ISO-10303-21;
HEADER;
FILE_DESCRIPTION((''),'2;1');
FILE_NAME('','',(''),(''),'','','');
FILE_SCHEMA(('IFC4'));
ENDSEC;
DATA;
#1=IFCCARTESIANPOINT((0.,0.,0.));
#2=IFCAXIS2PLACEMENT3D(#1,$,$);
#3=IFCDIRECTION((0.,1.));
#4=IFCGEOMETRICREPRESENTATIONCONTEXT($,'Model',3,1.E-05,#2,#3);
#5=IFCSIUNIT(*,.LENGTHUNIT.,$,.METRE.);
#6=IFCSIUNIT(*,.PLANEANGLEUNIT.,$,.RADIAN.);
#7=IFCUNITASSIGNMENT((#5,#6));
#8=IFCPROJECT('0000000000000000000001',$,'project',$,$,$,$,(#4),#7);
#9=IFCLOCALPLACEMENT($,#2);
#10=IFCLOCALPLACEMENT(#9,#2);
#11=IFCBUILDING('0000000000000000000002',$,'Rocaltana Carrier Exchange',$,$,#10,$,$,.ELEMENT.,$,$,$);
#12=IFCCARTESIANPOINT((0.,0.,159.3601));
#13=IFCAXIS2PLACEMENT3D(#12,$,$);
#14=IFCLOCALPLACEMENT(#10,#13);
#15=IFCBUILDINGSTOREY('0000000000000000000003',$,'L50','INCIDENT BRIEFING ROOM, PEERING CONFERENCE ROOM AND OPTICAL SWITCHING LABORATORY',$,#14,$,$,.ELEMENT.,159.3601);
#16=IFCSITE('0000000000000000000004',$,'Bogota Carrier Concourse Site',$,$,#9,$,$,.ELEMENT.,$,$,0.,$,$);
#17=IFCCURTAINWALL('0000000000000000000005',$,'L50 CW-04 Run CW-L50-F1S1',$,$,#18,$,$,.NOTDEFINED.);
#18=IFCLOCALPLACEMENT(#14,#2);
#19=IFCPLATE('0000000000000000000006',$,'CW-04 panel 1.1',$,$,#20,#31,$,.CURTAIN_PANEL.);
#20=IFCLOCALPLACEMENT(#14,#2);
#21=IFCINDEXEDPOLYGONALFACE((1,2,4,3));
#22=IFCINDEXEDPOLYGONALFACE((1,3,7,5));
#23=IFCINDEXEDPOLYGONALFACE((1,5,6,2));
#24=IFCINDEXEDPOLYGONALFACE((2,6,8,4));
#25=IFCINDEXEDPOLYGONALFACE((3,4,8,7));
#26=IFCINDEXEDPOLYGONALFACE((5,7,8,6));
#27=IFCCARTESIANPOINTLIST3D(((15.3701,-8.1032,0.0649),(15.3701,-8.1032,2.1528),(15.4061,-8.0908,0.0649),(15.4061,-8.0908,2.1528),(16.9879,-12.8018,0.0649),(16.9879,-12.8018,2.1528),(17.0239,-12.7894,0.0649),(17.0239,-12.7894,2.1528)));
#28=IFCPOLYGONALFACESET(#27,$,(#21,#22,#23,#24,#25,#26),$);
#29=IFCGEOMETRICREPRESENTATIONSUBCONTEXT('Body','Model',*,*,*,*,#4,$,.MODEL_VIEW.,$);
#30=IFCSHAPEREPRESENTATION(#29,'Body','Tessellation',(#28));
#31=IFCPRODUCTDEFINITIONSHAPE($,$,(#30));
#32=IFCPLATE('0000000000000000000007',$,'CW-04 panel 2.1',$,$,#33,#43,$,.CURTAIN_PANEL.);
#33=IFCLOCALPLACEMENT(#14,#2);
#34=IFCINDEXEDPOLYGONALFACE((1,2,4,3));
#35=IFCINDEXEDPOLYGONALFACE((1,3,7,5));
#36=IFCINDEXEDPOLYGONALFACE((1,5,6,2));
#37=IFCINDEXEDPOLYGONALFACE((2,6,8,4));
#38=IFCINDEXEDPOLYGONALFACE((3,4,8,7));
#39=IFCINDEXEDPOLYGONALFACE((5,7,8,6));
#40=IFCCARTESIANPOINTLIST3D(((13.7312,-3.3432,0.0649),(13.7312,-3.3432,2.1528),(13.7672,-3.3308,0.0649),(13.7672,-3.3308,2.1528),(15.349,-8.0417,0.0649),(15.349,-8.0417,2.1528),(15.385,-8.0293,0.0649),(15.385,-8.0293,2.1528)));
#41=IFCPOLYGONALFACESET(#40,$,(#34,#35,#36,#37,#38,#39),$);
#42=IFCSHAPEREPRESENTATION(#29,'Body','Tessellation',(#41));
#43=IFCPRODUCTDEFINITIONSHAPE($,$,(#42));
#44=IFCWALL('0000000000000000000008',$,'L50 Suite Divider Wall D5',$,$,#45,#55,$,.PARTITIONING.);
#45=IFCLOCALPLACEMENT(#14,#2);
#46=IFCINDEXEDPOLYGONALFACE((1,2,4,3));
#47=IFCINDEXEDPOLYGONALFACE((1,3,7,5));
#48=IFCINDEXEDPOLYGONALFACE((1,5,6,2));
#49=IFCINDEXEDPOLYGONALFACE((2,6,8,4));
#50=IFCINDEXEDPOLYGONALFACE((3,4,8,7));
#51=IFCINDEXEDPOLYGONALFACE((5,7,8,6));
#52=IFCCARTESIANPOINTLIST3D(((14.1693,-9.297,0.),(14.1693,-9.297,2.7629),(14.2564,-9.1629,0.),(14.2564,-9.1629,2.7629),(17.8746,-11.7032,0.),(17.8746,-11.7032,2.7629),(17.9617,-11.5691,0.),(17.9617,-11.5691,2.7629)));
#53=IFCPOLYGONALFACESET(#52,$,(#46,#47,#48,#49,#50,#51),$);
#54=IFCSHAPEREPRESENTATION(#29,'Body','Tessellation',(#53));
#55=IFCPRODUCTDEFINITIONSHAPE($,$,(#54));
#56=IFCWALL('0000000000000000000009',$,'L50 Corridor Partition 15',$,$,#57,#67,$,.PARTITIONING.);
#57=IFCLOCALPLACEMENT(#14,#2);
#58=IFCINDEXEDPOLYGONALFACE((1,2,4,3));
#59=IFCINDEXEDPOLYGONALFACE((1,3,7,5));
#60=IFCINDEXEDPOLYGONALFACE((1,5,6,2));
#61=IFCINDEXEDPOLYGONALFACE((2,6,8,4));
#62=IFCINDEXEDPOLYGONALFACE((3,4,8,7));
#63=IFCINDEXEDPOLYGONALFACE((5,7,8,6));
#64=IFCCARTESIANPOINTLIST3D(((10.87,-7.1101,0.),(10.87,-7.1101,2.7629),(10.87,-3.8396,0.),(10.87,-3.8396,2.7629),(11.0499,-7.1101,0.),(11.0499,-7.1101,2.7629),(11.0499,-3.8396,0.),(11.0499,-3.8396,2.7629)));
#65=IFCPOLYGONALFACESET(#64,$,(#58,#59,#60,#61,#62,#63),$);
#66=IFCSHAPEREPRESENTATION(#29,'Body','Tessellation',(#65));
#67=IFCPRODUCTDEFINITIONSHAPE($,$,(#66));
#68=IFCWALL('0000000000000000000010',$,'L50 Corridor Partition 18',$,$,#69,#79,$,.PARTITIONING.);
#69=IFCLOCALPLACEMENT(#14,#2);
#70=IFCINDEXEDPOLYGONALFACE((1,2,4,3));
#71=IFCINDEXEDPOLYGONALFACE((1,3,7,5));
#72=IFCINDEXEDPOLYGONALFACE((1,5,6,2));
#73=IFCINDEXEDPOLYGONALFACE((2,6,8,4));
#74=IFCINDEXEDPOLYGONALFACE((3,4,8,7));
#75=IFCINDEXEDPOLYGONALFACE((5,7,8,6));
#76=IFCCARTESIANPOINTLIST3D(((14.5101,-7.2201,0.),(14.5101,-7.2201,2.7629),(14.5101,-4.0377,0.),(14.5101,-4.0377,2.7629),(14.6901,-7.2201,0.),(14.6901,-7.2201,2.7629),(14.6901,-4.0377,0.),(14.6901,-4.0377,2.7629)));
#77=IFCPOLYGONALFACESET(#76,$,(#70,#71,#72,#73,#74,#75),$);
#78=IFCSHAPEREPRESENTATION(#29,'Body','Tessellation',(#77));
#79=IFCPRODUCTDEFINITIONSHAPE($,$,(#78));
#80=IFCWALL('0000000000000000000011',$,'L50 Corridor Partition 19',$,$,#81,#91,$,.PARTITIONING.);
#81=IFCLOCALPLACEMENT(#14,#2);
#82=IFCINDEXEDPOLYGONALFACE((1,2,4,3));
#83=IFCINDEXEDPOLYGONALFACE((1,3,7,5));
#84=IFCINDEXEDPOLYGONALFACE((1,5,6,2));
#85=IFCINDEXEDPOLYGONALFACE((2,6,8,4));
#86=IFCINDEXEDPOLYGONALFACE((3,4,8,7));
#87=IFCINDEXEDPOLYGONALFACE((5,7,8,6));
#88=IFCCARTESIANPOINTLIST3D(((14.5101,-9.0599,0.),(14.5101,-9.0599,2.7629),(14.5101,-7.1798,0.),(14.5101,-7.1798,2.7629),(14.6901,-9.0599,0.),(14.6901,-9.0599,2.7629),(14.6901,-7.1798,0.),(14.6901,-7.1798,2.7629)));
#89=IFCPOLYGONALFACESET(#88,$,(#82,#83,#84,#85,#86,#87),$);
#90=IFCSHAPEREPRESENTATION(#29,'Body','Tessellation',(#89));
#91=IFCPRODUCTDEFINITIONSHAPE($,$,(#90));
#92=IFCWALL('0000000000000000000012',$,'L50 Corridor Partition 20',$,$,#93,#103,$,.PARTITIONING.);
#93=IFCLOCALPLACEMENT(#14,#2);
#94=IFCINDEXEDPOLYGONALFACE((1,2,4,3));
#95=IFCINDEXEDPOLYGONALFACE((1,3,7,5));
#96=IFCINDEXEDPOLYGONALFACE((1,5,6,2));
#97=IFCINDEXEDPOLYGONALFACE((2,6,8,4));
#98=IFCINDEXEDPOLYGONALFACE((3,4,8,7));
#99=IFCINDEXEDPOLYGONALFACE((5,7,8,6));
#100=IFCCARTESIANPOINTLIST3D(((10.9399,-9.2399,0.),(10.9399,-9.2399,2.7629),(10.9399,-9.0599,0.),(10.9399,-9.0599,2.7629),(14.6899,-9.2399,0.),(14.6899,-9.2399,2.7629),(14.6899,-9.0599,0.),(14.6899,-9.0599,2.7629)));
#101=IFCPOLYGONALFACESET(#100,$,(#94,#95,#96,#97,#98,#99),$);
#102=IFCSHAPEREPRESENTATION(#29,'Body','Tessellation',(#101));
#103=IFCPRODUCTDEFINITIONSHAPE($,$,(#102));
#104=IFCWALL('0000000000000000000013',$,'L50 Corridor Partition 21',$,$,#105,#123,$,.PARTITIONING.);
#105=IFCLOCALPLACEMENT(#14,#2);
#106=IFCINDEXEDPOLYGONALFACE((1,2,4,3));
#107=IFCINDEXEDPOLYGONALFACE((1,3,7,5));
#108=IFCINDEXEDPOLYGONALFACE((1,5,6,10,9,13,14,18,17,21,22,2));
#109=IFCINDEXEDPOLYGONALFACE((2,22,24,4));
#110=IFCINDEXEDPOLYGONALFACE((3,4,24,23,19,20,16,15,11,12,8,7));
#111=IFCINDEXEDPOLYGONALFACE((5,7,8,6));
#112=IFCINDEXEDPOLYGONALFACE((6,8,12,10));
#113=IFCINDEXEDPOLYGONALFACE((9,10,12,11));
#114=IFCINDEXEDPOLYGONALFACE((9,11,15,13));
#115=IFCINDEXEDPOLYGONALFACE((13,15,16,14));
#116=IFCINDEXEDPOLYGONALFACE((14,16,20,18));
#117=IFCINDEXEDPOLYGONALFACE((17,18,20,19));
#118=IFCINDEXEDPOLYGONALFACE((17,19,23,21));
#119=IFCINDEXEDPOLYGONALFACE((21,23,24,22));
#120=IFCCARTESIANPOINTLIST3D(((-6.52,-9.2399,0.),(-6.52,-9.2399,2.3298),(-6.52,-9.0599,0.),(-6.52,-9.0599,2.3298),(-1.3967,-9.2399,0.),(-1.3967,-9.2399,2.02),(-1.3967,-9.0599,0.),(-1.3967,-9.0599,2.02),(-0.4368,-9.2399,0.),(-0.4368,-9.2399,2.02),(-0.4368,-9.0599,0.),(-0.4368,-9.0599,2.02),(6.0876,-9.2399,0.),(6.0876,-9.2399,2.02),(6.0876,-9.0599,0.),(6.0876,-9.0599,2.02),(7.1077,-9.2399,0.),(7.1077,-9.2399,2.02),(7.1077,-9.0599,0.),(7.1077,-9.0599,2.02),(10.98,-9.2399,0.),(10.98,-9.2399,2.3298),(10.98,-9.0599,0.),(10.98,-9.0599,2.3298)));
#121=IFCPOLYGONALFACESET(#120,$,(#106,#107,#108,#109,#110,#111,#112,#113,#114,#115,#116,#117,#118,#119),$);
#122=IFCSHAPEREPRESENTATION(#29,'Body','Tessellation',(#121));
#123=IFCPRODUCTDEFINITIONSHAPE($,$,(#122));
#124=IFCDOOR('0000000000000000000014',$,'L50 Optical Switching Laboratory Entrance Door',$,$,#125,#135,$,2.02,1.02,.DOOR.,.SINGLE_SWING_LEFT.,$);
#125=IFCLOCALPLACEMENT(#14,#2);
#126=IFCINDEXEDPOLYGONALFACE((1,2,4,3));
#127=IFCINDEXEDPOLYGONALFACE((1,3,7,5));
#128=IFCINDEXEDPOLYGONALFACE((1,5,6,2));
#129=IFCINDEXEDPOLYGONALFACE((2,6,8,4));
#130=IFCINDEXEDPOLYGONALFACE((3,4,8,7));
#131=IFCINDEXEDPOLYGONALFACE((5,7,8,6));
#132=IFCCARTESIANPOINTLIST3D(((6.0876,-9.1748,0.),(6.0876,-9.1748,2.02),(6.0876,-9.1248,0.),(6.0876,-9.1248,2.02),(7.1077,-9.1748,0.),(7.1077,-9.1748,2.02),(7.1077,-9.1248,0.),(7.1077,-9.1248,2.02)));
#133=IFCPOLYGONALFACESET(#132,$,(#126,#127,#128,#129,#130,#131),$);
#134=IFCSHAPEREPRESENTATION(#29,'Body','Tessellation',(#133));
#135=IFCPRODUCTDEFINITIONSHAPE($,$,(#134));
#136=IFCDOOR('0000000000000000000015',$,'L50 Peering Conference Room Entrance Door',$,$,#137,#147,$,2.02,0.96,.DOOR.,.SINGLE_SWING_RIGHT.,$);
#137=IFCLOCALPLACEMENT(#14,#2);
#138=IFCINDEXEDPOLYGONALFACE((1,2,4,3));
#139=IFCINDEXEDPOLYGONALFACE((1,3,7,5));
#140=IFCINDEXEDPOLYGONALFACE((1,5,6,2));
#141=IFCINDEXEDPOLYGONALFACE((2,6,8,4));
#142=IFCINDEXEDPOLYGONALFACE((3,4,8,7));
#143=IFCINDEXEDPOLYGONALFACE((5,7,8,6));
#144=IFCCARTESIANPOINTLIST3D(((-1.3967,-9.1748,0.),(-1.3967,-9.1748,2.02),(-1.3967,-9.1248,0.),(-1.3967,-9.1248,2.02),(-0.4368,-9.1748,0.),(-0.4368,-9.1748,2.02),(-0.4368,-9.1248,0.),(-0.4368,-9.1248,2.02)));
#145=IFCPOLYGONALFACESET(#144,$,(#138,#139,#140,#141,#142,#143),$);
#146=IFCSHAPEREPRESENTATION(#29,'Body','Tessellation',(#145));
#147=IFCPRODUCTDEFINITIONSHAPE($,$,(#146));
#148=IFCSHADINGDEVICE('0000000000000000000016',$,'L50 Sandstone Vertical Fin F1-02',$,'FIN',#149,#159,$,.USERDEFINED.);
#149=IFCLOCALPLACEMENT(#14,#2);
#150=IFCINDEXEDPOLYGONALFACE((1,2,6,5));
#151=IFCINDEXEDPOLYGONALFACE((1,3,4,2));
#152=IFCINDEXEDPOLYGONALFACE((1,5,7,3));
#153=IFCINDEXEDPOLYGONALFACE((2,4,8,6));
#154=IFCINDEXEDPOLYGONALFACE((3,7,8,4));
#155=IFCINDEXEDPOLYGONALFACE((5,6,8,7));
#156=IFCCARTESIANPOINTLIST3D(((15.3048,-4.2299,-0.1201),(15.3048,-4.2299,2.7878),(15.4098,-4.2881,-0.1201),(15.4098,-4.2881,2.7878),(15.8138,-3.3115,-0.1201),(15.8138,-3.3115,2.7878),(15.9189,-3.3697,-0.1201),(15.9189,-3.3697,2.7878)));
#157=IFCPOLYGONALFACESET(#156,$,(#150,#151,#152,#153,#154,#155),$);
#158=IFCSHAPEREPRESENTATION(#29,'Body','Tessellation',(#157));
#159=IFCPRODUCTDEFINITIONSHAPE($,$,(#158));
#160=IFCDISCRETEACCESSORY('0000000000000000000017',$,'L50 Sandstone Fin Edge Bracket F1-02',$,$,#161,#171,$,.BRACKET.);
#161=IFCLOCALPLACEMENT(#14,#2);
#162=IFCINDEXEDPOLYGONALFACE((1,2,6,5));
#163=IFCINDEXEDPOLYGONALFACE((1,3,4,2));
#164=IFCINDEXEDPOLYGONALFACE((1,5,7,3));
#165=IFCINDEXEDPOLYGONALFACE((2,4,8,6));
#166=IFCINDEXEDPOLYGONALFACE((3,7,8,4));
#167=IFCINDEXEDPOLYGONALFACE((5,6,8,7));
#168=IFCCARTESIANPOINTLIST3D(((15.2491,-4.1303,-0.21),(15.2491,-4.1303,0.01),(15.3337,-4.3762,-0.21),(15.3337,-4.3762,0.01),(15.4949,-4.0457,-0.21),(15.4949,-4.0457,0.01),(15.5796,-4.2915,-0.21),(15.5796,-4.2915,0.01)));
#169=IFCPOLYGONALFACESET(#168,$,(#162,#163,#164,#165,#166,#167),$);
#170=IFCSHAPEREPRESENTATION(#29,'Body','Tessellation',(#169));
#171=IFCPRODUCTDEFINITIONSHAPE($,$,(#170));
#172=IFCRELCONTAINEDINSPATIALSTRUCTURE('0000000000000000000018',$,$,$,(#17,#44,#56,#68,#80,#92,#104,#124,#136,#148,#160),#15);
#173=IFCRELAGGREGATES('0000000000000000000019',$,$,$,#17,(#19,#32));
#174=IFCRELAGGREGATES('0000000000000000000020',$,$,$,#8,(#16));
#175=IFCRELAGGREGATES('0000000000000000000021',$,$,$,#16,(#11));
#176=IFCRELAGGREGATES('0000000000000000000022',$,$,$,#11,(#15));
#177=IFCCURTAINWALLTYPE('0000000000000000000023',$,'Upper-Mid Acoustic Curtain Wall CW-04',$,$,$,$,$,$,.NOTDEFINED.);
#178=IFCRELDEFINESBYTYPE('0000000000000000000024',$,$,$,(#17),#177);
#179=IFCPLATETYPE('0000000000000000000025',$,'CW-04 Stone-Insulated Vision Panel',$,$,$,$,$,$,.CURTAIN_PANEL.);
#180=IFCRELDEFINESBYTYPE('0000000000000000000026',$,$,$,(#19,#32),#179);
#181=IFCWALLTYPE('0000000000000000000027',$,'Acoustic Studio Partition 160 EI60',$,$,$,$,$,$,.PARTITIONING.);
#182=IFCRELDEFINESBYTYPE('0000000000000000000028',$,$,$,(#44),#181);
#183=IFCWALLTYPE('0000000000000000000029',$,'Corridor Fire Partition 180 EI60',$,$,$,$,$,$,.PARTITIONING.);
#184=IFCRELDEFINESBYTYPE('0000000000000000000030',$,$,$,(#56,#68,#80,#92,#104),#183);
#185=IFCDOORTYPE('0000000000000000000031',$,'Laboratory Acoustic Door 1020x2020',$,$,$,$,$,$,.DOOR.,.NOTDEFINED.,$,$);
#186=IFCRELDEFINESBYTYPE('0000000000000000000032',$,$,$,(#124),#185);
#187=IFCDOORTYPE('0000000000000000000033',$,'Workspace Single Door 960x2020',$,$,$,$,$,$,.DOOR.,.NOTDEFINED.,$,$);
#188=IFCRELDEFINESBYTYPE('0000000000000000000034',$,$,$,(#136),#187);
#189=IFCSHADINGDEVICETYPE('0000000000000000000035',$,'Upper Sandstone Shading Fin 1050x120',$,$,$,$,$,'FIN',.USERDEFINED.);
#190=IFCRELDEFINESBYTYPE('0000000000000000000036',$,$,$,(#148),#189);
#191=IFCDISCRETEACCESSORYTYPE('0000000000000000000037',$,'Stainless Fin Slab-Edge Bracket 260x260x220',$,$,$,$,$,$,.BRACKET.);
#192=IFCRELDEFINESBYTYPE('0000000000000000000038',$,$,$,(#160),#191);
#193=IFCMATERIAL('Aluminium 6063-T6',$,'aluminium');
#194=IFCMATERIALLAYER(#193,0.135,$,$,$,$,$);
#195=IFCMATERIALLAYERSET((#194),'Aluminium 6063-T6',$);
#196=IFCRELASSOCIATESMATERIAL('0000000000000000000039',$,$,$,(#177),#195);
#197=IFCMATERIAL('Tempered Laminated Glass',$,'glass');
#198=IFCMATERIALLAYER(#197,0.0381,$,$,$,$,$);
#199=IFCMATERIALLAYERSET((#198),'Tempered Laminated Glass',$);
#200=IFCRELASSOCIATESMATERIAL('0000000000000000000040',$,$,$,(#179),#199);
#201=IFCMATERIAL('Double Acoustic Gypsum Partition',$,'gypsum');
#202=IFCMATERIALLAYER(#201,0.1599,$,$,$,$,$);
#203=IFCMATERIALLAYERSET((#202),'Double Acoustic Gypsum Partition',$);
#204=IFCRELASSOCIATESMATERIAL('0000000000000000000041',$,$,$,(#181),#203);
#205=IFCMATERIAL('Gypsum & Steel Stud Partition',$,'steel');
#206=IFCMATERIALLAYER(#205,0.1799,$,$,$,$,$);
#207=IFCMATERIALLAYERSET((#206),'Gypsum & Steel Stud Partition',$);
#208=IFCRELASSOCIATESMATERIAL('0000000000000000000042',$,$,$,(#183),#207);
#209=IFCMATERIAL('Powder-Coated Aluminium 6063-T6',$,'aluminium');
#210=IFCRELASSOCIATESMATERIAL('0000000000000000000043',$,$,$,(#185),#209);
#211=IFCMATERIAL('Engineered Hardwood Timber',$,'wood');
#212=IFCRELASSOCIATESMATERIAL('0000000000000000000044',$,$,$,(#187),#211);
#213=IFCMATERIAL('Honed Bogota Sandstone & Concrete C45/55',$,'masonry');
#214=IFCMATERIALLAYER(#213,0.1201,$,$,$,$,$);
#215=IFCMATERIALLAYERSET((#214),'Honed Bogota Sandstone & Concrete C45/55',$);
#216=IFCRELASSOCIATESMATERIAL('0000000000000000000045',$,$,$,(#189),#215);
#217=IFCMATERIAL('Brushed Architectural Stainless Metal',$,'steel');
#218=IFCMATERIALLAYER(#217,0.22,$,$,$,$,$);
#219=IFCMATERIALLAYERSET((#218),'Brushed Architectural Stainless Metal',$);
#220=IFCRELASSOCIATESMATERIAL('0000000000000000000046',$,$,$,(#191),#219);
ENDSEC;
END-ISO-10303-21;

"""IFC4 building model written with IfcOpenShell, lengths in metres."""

from ifc_helpers import new_model, si_unit, direction, frame, frame_2d, origin, origin_2d, place, context, subcontext, project, spatial, rectangle, extrude, material, layer, layer_set, type_object, element, fill, aggregate, save


model = new_model("IFC4")

# Units and contexts
model_context = context("Model", 3, precision=1e-05, world=origin(), true_north=direction((0.0, 1.0)))
body_context = subcontext(model_context, "Body", "Model", "MODEL_VIEW")
ifc_project = project(units=[si_unit("LENGTHUNIT", "METRE"), si_unit("PLANEANGLEUNIT", "RADIAN")], contexts=[model_context])

# Site, building, storey
site_placement = place(None, origin())
site = spatial("IfcSite", under=ifc_project, at=site_placement, Name="Bogota Carrier Concourse Site", CompositionType="ELEMENT", RefElevation=0.0)
building_placement = place(site_placement, origin())
building = spatial("IfcBuilding", under=site, at=building_placement, Name="Rocaltana Carrier Exchange", CompositionType="ELEMENT")
storey_placement = place(building_placement, frame((0.0, 0.0, 159.3601)))
storey = spatial("IfcBuildingStorey", under=building, at=storey_placement, Name="L50", Description="INCIDENT BRIEFING ROOM, PEERING CONFERENCE ROOM AND OPTICAL SWITCHING LABORATORY", CompositionType="ELEMENT", Elevation=159.3601)

# Curtain wall
ifc_material_1 = material(Name="Aluminium 6063-T6", Category="aluminium")
ifc_layer_1 = layer(ifc_material_1, 0.135)
ifc_layer_set_1 = layer_set([ifc_layer_1], Name="Aluminium 6063-T6")
curtain_wall_type = type_object("IfcCurtainWallType", Name="Upper-Mid Acoustic Curtain Wall CW-04", PredefinedType="NOTDEFINED", material=ifc_layer_set_1)
curtain_wall_placement = place(storey_placement, origin())
curtain_wall = element("IfcCurtainWall", 1, at=curtain_wall_placement, inside=storey, type_object=curtain_wall_type, Name="L50 CW-04 Run CW-L50-F1S1", PredefinedType="NOTDEFINED")

# Plates
ifc_material_2 = material(Name="Tempered Laminated Glass", Category="glass")
ifc_layer_2 = layer(ifc_material_2, 0.0381)
ifc_layer_set_2 = layer_set([ifc_layer_2], Name="Tempered Laminated Glass")
plate_type = type_object("IfcPlateType", Name="CW-04 Stone-Insulated Vision Panel", PredefinedType="CURTAIN_PANEL", material=ifc_layer_set_2)
plate_1_placement = place(storey_placement, frame((16.197, -10.4463, 0.0649), z_axis=(0.0, 0.0, 1.0), x_axis=(-0.325559, 0.945522, 0.0)))
plate_1 = element("IfcPlate", 2, at=plate_1_placement, type_object=plate_type, Name="CW-04 panel 1.1", PredefinedType="CURTAIN_PANEL", context=body_context, shape_type="SweptSolid", body=[
    extrude(rectangle(XDim=4.9692, YDim=0.0381, at=origin_2d()), origin(), (0.0, 0.0, 1.0), 2.0879),
])
plate_2_placement = place(storey_placement, frame((14.5581, -5.6863, 0.0649), z_axis=(0.0, 0.0, 1.0), x_axis=(-0.325559, 0.945522, 0.0)))
plate_2 = element("IfcPlate", 3, at=plate_2_placement, type_object=plate_type, Name="CW-04 panel 2.1", PredefinedType="CURTAIN_PANEL", context=body_context, shape_type="SweptSolid", body=[
    extrude(rectangle(XDim=4.9692, YDim=0.0381, at=origin_2d()), origin(), (0.0, 0.0, 1.0), 2.0879),
])
aggregate(curtain_wall, [plate_1, plate_2])

# Walls
ifc_material_3 = material(Name="Double Acoustic Gypsum Partition", Category="gypsum")
ifc_layer_3 = layer(ifc_material_3, 0.1599)
ifc_layer_set_3 = layer_set([ifc_layer_3], Name="Double Acoustic Gypsum Partition")
wall_type_1 = type_object("IfcWallType", Name="Acoustic Studio Partition 160 EI60", PredefinedType="PARTITIONING", material=ifc_layer_set_3)
wall_1_placement = place(storey_placement, frame((14.2129, -9.23, 0.0), z_axis=(0.0, 0.0, 1.0), x_axis=(0.838672, -0.544637, 0.0)))
element("IfcWall", 4, at=wall_1_placement, inside=storey, type_object=wall_type_1, Name="L50 Suite Divider Wall D5", PredefinedType="PARTITIONING", context=body_context, shape_type="SweptSolid", body=[
    extrude(rectangle(XDim=4.418, YDim=0.1599, at=frame_2d((2.209, 0.0))), origin(), (0.0, 0.0, 1.0), 2.7629),
])
ifc_material_4 = material(Name="Gypsum & Steel Stud Partition", Category="steel")
ifc_layer_4 = layer(ifc_material_4, 0.1799)
ifc_layer_set_4 = layer_set([ifc_layer_4], Name="Gypsum & Steel Stud Partition")
wall_type_2 = type_object("IfcWallType", Name="Corridor Fire Partition 180 EI60", PredefinedType="PARTITIONING", material=ifc_layer_set_4)
wall_2_placement = place(storey_placement, frame((10.96, -7.1101, 0.0), z_axis=(0.0, 0.0, 1.0), x_axis=(0.0, 1.0, 0.0)))
element("IfcWall", 5, at=wall_2_placement, inside=storey, type_object=wall_type_2, Name="L50 Corridor Partition 15", PredefinedType="PARTITIONING", context=body_context, shape_type="SweptSolid", body=[
    extrude(rectangle(XDim=3.2705, YDim=0.1799, at=frame_2d((1.6353, 0.0))), origin(), (0.0, 0.0, 1.0), 2.7629),
])
wall_3_placement = place(storey_placement, frame((14.6001, -4.0376, 0.0), z_axis=(0.0, 0.0, 1.0), x_axis=(0.0, -1.0, 0.0)))
element("IfcWall", 6, at=wall_3_placement, inside=storey, type_object=wall_type_2, Name="L50 Corridor Partition 18", PredefinedType="PARTITIONING", context=body_context, shape_type="SweptSolid", body=[
    extrude(rectangle(XDim=3.1824, YDim=0.1799, at=frame_2d((1.5913, 0.0))), origin(), (0.0, 0.0, 1.0), 2.7629),
])
wall_4_placement = place(storey_placement, frame((14.6001, -7.1799, 0.0), z_axis=(0.0, 0.0, 1.0), x_axis=(0.0, -1.0, 0.0)))
element("IfcWall", 7, at=wall_4_placement, inside=storey, type_object=wall_type_2, Name="L50 Corridor Partition 19", PredefinedType="PARTITIONING", context=body_context, shape_type="SweptSolid", body=[
    extrude(rectangle(XDim=1.8801, YDim=0.1799, at=frame_2d((0.9399, 0.0))), origin(), (0.0, 0.0, 1.0), 2.7629),
])
wall_5_placement = place(storey_placement, frame((14.6899, -9.1499, 0.0), z_axis=(0.0, 0.0, 1.0), x_axis=(-1.0, 0.0, 0.0)))
element("IfcWall", 8, at=wall_5_placement, inside=storey, type_object=wall_type_2, Name="L50 Corridor Partition 20", PredefinedType="PARTITIONING", context=body_context, shape_type="SweptSolid", body=[
    extrude(rectangle(XDim=3.75, YDim=0.1799, at=frame_2d((1.875, 0.0))), origin(), (0.0, 0.0, 1.0), 2.7629),
])

# Wall, openings, doors
wall_6_placement = place(storey_placement, frame((10.98, -9.1499, 0.0), z_axis=(0.0, 0.0, 1.0), x_axis=(-1.0, 0.0, 0.0)))
wall_6 = element("IfcWall", 9, at=wall_6_placement, inside=storey, type_object=wall_type_2, Name="L50 Corridor Partition 21", PredefinedType="PARTITIONING", context=body_context, shape_type="SweptSolid", body=[
    extrude(rectangle(XDim=17.5, YDim=0.1799, at=frame_2d((8.75, 0.0))), origin(), (0.0, 0.0, 1.0), 2.3298),
])
opening_1_placement = place(wall_6_placement, frame((11.4167, 0.0, 0.0)))
opening_1 = element("IfcOpeningElement", 10, at=opening_1_placement, cuts=wall_6, PredefinedType="OPENING", context=body_context, shape_type="SweptSolid", body=[
    extrude(rectangle(XDim=0.96, YDim=2.02, at=frame_2d((0.48, 1.01))), frame((0.0, 0.0999, 0.0), z_axis=(0.0, -1.0, 0.0), x_axis=(1.0, 0.0, 0.0)), (0.0, 0.0, 1.0), 0.2),
])
opening_2_placement = place(wall_6_placement, frame((3.8723, 0.0, 0.0)))
opening_2 = element("IfcOpeningElement", 11, at=opening_2_placement, cuts=wall_6, PredefinedType="OPENING", context=body_context, shape_type="SweptSolid", body=[
    extrude(rectangle(XDim=1.02, YDim=2.02, at=frame_2d((0.51, 1.01))), frame((0.0, 0.0999, 0.0), z_axis=(0.0, -1.0, 0.0), x_axis=(1.0, 0.0, 0.0)), (0.0, 0.0, 1.0), 0.2),
])
ifc_material_5 = material(Name="Powder-Coated Aluminium 6063-T6", Category="aluminium")
door_type_1 = type_object("IfcDoorType", Name="Laboratory Acoustic Door 1020x2020", OperationType="NOTDEFINED", PredefinedType="DOOR", material=ifc_material_5)
door_1_placement = place(opening_2_placement, origin())
door_1 = element("IfcDoor", 12, at=door_1_placement, inside=storey, type_object=door_type_1, Name="L50 Optical Switching Laboratory Entrance Door", OperationType="SINGLE_SWING_LEFT", OverallHeight=2.02, OverallWidth=1.02, PredefinedType="DOOR", context=body_context, shape_type="SweptSolid", body=[
    extrude(rectangle(XDim=1.02, YDim=2.02, at=frame_2d((0.51, 1.01))), frame((0.0, 0.0249, 0.0), z_axis=(0.0, -1.0, 0.0), x_axis=(1.0, 0.0, 0.0)), (0.0, 0.0, 1.0), 0.05),
])
fill(opening_2, door_1)
ifc_material_6 = material(Name="Engineered Hardwood Timber", Category="wood")
door_type_2 = type_object("IfcDoorType", Name="Workspace Single Door 960x2020", OperationType="NOTDEFINED", PredefinedType="DOOR", material=ifc_material_6)
door_2_placement = place(opening_1_placement, origin())
door_2 = element("IfcDoor", 13, at=door_2_placement, inside=storey, type_object=door_type_2, Name="L50 Peering Conference Room Entrance Door", OperationType="SINGLE_SWING_RIGHT", OverallHeight=2.02, OverallWidth=0.96, PredefinedType="DOOR", context=body_context, shape_type="SweptSolid", body=[
    extrude(rectangle(XDim=0.96, YDim=2.02, at=frame_2d((0.48, 1.01))), frame((0.0, 0.0249, 0.0), z_axis=(0.0, -1.0, 0.0), x_axis=(1.0, 0.0, 0.0)), (0.0, 0.0, 1.0), 0.05),
])
fill(opening_1, door_2)

# Shading device
ifc_material_7 = material(Name="Honed Bogota Sandstone & Concrete C45/55", Category="masonry")
ifc_layer_5 = layer(ifc_material_7, 0.1201)
ifc_layer_set_5 = layer_set([ifc_layer_5], Name="Honed Bogota Sandstone & Concrete C45/55")
shading_device_type = type_object("IfcShadingDeviceType", Name="Upper Sandstone Shading Fin 1050x120", ElementType="FIN", PredefinedType="USERDEFINED", material=ifc_layer_set_5)
shading_device_placement = place(storey_placement, frame((15.6118, -3.7998, -0.1201), z_axis=(0.0, 0.0, 1.0), x_axis=(0.48481, 0.87462, 0.0)))
element("IfcShadingDevice", 14, at=shading_device_placement, inside=storey, type_object=shading_device_type, Name="L50 Sandstone Vertical Fin F1-02", ObjectType="FIN", PredefinedType="USERDEFINED", context=body_context, shape_type="SweptSolid", body=[
    extrude(rectangle(XDim=1.05, YDim=0.1201, at=origin_2d()), origin(), (0.0, 0.0, 1.0), 2.908),
])

# Discrete accessory
ifc_material_8 = material(Name="Brushed Architectural Stainless Metal", Category="steel")
ifc_layer_6 = layer(ifc_material_8, 0.22)
ifc_layer_set_6 = layer_set([ifc_layer_6], Name="Brushed Architectural Stainless Metal")
discrete_accessory_type = type_object("IfcDiscreteAccessoryType", Name="Stainless Fin Slab-Edge Bracket 260x260x220", PredefinedType="BRACKET", material=ifc_layer_set_6)
discrete_accessory_placement = place(storey_placement, frame((15.4143, -4.2109, -0.21), z_axis=(0.0, 0.0, 1.0), x_axis=(-0.325568, 0.945519, 0.0)))
element("IfcDiscreteAccessory", 15, at=discrete_accessory_placement, inside=storey, type_object=discrete_accessory_type, Name="L50 Sandstone Fin Edge Bracket F1-02", PredefinedType="BRACKET", context=body_context, shape_type="SweptSolid", body=[
    extrude(rectangle(XDim=0.26, YDim=0.26, at=origin_2d()), origin(), (0.0, 0.0, 1.0), 0.22),
])

save(model, "model.ifc")
